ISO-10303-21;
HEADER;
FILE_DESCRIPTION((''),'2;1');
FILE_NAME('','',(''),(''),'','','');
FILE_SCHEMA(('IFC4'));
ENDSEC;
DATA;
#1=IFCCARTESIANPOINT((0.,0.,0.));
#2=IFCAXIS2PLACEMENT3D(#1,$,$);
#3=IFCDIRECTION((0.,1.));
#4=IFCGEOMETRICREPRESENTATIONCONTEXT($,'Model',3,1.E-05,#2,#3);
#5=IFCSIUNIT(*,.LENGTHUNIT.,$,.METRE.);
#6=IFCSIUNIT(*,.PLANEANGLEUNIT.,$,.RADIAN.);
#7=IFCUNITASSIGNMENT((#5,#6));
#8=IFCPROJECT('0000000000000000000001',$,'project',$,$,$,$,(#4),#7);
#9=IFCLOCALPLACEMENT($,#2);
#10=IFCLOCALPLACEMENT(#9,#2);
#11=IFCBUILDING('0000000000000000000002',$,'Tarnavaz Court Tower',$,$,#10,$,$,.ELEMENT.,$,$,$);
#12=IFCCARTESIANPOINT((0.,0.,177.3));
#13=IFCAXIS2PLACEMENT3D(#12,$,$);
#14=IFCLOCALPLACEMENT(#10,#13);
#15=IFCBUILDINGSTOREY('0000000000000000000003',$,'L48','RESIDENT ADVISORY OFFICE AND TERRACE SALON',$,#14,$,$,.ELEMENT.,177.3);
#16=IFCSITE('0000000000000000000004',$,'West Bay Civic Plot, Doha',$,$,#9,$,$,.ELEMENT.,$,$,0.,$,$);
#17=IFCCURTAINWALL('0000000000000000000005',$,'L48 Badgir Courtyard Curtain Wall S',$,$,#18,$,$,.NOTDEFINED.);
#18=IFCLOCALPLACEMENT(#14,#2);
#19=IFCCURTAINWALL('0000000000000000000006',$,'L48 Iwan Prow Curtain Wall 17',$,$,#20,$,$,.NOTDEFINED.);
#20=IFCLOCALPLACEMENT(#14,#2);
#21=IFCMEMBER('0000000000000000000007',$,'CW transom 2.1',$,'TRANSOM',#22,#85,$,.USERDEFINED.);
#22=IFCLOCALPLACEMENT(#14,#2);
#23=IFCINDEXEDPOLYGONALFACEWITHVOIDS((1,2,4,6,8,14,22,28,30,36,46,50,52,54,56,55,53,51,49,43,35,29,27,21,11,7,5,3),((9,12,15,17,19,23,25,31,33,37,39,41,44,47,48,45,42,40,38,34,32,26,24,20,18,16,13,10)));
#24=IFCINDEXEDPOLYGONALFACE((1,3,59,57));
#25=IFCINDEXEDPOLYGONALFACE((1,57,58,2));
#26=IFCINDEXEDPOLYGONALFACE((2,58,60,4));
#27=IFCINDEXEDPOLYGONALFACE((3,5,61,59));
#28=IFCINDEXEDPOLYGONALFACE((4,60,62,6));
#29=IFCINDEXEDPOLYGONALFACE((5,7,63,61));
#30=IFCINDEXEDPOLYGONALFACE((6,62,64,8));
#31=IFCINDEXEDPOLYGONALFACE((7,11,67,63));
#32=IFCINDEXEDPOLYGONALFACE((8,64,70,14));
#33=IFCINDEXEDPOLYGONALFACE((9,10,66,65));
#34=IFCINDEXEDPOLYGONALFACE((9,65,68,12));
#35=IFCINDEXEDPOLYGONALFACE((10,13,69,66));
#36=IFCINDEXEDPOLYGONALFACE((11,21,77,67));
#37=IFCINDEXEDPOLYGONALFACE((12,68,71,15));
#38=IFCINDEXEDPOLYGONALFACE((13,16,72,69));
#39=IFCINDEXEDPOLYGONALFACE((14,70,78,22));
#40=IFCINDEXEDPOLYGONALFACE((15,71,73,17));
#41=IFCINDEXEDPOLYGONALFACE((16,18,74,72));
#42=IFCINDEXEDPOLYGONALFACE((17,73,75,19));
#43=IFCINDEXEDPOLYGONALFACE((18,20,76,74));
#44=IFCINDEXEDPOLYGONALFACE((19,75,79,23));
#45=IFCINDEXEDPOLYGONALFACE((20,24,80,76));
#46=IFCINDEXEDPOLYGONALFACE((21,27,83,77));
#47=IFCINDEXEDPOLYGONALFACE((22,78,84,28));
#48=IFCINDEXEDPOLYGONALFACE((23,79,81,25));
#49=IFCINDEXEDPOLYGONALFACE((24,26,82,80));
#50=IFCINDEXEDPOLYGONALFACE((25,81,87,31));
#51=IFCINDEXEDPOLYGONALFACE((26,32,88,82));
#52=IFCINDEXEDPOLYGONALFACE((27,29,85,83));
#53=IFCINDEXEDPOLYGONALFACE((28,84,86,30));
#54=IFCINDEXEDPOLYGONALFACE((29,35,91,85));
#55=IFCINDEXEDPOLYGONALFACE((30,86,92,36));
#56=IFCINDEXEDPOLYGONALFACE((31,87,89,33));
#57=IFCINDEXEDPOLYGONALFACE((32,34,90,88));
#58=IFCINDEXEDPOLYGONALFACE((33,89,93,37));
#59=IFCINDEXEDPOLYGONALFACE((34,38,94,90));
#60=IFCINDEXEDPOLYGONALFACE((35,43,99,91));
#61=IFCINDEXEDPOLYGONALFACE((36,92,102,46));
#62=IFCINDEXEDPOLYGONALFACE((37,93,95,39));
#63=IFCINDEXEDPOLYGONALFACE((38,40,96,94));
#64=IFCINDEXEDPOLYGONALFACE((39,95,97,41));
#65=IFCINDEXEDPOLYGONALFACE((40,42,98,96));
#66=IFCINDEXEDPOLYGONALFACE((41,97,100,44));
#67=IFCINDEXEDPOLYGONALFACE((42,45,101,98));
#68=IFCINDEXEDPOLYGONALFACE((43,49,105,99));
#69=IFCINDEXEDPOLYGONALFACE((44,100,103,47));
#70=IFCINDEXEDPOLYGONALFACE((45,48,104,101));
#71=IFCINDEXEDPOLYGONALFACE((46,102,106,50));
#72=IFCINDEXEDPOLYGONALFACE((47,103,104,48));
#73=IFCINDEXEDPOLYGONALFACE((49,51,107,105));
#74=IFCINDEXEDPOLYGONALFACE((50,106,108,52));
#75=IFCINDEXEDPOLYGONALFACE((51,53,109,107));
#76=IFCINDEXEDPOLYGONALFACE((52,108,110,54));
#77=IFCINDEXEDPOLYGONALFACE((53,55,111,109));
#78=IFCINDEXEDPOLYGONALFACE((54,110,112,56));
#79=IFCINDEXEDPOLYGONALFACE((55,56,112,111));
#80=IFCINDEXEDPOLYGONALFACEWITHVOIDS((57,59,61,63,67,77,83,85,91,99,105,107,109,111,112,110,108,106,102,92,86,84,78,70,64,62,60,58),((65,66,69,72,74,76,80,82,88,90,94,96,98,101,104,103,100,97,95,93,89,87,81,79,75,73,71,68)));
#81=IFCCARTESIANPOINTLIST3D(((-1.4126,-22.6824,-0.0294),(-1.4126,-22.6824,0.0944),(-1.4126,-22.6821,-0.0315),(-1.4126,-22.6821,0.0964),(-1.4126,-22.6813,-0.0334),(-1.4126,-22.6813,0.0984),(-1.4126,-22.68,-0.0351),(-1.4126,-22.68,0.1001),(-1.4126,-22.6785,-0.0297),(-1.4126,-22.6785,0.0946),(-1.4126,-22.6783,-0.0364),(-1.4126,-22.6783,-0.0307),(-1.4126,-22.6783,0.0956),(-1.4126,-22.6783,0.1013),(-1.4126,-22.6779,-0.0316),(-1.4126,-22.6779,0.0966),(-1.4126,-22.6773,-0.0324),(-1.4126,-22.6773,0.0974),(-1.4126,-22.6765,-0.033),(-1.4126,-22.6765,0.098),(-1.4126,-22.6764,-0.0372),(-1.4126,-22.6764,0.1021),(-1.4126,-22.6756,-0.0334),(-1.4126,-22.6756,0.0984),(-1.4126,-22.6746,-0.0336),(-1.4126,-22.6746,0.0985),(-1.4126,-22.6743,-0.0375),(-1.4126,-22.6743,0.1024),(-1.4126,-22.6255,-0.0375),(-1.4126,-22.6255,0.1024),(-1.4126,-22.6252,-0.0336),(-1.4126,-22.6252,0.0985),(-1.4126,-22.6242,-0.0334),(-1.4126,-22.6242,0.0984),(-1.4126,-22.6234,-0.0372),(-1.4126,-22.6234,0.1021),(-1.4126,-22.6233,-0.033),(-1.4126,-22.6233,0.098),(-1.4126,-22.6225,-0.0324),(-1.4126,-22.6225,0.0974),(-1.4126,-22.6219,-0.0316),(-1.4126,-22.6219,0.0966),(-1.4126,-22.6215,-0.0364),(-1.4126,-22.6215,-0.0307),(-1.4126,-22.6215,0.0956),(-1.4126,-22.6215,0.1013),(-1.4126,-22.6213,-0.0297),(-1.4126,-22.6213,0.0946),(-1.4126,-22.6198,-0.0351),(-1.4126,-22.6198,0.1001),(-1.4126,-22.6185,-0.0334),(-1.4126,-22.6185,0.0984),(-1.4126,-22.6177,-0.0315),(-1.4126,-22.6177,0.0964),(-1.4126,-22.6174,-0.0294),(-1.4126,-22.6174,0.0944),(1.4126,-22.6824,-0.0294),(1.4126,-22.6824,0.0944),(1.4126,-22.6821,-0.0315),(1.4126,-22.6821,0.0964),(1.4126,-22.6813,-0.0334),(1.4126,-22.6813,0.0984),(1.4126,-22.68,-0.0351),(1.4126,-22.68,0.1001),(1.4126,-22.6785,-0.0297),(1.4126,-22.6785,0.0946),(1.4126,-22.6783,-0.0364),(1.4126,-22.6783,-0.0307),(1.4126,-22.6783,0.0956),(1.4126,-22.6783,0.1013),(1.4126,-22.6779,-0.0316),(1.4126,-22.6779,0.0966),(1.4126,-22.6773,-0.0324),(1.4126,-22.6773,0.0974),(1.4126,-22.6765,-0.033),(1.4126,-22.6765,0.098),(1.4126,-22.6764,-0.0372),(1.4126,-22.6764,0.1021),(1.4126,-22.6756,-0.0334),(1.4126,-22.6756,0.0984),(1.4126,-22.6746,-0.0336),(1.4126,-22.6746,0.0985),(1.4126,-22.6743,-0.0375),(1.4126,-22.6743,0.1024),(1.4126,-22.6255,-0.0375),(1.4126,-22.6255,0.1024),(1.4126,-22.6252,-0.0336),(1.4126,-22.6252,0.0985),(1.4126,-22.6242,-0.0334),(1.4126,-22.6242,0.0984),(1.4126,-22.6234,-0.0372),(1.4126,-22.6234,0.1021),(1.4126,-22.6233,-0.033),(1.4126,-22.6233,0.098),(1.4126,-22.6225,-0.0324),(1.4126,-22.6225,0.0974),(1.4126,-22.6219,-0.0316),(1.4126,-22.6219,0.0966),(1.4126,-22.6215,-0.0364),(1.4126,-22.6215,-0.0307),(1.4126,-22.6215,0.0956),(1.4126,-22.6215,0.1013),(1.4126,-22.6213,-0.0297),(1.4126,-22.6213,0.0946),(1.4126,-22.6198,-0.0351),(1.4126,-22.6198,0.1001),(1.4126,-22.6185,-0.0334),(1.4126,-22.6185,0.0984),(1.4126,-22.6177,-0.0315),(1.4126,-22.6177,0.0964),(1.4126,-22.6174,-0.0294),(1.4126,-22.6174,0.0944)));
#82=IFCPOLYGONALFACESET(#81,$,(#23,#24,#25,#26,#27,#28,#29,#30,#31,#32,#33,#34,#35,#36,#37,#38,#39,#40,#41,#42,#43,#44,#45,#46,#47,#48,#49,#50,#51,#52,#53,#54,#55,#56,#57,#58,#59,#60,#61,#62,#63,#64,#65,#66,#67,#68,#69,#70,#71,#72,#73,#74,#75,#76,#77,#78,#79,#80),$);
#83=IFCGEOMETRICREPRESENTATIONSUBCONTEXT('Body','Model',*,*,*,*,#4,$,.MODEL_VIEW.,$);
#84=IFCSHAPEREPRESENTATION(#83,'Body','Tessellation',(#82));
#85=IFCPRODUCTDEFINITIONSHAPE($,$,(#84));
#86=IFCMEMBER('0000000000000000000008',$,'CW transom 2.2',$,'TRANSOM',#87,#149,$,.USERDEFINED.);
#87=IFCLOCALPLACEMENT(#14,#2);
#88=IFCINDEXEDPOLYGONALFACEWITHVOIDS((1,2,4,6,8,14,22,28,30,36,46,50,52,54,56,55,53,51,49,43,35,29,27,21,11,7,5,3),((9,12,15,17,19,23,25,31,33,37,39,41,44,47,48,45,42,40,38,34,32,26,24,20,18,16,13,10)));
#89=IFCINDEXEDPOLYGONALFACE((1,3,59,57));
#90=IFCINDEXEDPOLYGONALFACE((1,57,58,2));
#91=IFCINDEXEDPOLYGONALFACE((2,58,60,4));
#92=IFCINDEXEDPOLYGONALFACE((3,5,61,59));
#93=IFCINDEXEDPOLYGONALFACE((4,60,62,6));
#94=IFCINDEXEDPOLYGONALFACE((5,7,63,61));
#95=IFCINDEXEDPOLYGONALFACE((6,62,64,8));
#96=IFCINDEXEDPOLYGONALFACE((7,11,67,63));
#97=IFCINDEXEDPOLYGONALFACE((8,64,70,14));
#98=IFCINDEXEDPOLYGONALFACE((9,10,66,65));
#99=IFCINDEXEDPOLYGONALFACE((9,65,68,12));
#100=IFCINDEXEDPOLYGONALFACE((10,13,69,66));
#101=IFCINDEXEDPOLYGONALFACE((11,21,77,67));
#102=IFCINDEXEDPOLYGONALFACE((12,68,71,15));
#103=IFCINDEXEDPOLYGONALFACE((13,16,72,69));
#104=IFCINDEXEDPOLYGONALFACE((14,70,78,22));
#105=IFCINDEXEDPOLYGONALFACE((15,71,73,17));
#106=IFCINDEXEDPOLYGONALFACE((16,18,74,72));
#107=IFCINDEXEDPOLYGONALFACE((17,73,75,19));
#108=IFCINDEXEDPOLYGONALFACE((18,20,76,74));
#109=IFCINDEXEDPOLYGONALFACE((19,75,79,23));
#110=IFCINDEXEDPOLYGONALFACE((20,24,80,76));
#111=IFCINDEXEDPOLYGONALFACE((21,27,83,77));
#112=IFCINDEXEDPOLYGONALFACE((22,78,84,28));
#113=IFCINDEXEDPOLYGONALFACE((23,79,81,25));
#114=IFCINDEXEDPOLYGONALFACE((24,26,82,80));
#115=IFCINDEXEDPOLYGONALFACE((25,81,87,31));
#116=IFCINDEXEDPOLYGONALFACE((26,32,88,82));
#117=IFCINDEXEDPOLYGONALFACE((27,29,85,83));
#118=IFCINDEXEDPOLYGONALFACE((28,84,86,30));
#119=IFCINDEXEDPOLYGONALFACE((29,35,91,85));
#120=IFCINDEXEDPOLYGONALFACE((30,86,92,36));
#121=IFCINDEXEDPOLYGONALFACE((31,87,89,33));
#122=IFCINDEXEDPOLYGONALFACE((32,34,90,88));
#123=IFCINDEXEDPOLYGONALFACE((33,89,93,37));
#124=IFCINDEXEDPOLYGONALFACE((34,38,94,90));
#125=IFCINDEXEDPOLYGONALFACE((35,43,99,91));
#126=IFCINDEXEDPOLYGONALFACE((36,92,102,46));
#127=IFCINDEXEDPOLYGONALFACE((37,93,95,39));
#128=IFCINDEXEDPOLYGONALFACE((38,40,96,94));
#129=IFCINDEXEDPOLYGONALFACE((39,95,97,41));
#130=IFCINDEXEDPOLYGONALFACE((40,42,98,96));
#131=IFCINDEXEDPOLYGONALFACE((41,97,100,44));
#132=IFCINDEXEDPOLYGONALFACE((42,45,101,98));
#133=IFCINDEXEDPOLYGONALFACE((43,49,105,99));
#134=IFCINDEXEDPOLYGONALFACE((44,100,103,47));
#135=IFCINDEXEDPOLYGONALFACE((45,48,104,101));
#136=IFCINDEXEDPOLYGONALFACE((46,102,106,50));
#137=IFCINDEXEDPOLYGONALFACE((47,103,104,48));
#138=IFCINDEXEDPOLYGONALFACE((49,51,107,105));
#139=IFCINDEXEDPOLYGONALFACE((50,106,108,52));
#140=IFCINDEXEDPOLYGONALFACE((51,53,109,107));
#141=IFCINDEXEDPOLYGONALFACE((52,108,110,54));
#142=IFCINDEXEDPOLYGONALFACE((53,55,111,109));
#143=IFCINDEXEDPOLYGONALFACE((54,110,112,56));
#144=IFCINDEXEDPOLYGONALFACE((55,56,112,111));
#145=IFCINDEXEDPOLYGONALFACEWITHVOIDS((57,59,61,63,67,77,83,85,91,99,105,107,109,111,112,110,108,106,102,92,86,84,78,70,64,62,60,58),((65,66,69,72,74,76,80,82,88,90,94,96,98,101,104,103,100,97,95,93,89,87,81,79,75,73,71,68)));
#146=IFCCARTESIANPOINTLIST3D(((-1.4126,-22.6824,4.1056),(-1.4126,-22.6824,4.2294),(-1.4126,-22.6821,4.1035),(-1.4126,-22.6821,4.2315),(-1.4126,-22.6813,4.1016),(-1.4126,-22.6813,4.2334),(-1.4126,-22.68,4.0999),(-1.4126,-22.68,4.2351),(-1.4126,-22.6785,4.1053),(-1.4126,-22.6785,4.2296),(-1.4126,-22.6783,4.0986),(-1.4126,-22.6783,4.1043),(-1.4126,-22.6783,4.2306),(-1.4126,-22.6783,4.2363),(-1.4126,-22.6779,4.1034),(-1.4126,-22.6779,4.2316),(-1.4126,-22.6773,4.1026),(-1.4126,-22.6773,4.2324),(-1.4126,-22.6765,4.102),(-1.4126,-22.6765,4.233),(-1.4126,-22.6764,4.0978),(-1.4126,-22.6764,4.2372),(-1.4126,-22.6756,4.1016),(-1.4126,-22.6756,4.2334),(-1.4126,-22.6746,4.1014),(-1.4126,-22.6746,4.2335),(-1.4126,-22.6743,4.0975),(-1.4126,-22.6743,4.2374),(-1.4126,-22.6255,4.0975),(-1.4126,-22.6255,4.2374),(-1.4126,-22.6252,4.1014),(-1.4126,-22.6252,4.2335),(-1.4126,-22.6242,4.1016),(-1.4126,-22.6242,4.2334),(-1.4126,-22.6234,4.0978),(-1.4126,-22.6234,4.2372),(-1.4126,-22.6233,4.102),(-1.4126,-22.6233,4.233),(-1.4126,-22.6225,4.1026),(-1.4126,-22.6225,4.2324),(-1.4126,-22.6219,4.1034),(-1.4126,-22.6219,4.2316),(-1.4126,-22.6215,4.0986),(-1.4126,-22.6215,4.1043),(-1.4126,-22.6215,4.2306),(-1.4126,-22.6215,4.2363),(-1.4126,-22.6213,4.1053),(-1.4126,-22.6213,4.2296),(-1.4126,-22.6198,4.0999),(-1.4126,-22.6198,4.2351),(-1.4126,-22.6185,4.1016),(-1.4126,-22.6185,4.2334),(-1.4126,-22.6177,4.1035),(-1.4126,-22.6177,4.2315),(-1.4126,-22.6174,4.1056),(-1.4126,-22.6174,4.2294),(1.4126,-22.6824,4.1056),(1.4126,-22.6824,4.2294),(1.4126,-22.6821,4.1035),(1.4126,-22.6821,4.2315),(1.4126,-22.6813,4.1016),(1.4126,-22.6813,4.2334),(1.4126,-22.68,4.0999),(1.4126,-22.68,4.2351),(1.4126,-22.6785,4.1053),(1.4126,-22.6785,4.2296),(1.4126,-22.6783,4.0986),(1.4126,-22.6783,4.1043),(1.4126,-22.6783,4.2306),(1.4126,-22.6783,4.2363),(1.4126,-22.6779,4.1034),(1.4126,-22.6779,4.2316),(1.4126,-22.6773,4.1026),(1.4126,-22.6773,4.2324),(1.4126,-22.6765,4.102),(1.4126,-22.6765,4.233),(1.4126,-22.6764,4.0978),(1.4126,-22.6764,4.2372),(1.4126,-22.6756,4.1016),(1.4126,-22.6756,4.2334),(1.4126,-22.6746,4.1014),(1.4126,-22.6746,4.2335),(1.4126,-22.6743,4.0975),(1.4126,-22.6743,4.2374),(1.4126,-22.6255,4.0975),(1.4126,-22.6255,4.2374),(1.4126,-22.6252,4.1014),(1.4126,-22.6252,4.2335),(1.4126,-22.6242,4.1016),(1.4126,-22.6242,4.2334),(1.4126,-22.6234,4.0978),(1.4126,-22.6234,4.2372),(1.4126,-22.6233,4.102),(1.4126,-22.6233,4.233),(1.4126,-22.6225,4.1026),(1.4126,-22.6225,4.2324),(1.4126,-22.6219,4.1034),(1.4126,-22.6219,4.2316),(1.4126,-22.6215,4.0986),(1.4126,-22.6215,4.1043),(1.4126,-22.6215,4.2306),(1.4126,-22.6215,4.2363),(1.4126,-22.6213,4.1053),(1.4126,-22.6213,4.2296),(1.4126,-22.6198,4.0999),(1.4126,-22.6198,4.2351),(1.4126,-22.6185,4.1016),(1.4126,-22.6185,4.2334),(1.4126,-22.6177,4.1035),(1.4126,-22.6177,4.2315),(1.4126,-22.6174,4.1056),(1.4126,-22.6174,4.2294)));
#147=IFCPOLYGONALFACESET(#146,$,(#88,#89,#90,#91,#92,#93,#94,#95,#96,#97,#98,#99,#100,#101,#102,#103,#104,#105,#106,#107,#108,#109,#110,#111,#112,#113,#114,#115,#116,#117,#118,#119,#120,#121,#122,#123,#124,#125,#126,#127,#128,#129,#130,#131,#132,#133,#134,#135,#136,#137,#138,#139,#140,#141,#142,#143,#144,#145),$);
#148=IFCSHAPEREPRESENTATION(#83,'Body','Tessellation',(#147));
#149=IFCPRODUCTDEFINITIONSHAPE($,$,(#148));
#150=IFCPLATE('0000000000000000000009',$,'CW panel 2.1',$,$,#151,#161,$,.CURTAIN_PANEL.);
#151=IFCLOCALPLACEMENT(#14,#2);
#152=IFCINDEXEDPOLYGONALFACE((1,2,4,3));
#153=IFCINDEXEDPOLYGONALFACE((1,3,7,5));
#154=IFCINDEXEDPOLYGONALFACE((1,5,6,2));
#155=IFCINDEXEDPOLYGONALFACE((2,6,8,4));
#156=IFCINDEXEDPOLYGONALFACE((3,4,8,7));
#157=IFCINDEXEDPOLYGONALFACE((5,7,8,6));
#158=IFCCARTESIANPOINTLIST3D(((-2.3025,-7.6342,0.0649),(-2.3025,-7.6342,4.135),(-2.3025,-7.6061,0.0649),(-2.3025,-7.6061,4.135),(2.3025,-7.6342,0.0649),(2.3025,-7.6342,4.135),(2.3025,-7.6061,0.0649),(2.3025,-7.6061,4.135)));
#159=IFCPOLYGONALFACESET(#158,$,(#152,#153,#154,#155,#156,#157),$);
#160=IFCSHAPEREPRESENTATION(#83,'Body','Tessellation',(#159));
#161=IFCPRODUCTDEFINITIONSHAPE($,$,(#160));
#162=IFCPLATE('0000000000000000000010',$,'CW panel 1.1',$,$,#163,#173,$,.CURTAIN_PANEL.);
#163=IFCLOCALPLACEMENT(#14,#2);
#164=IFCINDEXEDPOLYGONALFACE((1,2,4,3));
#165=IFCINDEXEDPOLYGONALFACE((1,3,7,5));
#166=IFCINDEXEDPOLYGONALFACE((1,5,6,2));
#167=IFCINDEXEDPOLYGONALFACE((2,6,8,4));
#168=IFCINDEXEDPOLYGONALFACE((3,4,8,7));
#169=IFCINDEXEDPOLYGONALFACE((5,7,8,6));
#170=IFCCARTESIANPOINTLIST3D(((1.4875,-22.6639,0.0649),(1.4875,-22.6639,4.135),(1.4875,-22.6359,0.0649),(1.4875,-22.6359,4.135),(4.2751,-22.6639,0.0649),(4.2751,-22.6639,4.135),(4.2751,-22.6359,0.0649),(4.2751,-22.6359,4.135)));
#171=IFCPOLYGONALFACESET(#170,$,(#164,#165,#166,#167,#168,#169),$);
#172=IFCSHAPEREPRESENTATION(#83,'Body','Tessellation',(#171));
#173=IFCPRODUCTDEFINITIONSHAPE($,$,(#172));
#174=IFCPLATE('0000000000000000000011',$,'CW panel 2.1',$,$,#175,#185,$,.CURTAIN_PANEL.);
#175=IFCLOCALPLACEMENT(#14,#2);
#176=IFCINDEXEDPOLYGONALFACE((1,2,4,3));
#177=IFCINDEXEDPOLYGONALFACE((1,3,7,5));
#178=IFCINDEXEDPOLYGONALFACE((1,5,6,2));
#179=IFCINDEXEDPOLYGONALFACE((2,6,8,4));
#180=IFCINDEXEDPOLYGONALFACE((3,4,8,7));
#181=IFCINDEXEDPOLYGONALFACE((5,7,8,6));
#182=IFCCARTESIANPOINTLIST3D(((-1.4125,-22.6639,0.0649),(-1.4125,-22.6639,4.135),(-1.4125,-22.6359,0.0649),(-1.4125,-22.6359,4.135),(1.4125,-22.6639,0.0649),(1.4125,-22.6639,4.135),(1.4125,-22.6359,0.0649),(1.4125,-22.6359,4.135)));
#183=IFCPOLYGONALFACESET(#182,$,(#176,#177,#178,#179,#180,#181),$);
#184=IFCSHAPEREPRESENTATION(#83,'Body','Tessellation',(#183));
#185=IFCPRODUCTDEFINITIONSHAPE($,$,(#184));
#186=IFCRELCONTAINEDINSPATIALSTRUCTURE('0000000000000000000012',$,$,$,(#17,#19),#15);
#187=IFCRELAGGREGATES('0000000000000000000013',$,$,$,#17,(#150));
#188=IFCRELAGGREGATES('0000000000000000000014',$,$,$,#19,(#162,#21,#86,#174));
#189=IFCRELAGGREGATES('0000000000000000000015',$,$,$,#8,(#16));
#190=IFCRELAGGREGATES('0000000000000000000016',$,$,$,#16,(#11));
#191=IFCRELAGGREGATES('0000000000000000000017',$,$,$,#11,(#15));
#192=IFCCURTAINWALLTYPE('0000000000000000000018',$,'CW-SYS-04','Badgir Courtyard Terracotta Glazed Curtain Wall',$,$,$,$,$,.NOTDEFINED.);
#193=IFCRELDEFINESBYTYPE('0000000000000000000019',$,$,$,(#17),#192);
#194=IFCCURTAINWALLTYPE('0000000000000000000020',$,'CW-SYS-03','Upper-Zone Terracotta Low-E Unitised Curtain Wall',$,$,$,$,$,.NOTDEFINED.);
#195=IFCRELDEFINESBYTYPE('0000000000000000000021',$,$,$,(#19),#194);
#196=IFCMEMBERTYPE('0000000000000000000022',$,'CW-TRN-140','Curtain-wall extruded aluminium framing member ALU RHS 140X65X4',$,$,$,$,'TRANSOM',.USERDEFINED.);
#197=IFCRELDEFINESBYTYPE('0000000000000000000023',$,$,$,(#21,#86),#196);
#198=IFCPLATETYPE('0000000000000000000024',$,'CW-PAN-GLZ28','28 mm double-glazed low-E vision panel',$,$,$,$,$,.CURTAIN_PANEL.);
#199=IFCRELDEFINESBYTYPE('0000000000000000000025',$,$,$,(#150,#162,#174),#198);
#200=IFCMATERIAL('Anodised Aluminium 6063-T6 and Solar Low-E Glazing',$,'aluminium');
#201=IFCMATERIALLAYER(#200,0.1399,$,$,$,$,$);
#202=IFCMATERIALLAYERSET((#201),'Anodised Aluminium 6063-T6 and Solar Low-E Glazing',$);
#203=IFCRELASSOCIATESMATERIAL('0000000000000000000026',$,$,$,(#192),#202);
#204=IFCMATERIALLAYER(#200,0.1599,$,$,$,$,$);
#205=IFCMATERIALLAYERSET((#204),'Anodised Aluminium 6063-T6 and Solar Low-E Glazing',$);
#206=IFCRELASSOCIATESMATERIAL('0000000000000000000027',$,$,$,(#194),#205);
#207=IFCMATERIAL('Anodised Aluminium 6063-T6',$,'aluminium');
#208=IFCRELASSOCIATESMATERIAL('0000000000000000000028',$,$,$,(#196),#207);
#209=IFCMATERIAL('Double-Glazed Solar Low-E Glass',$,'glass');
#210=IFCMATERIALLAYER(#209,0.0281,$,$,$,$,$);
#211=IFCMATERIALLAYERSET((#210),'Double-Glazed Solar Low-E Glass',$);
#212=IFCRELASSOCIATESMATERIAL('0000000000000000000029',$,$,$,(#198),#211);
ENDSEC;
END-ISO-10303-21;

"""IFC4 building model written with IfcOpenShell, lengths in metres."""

from ifc_helpers import new_model, si_unit, direction, frame, origin, origin_2d, place, context, subcontext, project, spatial, rectangle, hollow_rectangle, extrude, material, layer, layer_set, material_profile, profile_set, type_object, element, aggregate, save


model = new_model("IFC4")

# Units and contexts
model_context = context("Model", 3, precision=1e-05, world=origin(), true_north=direction((0.0, 1.0)))
body_context = subcontext(model_context, "Body", "Model", "MODEL_VIEW")
ifc_project = project(units=[si_unit("LENGTHUNIT", "METRE"), si_unit("PLANEANGLEUNIT", "RADIAN")], contexts=[model_context])

# Site, building, storey
site_placement = place(None, origin())
site = spatial("IfcSite", under=ifc_project, at=site_placement, Name="West Bay Civic Plot, Doha", CompositionType="ELEMENT", RefElevation=0.0)
building_placement = place(site_placement, origin())
building = spatial("IfcBuilding", under=site, at=building_placement, Name="Tarnavaz Court Tower", CompositionType="ELEMENT")
storey_placement = place(building_placement, frame((0.0, 0.0, 177.3)))
storey = spatial("IfcBuildingStorey", under=building, at=storey_placement, Name="L48", Description="RESIDENT ADVISORY OFFICE AND TERRACE SALON", CompositionType="ELEMENT", Elevation=177.3)

# Curtain wall
ifc_material_1 = material(Name="Anodised Aluminium 6063-T6 and Solar Low-E Glazing", Category="aluminium")
ifc_layer_1 = layer(ifc_material_1, 0.1399)
ifc_layer_set_1 = layer_set([ifc_layer_1], Name="Anodised Aluminium 6063-T6 and Solar Low-E Glazing")
curtain_wall_type_1 = type_object("IfcCurtainWallType", Name="CW-SYS-04", Description="Badgir Courtyard Terracotta Glazed Curtain Wall", PredefinedType="NOTDEFINED", material=ifc_layer_set_1)
curtain_wall_1_placement = place(storey_placement, origin())
curtain_wall_1 = element("IfcCurtainWall", 1, at=curtain_wall_1_placement, inside=storey, type_object=curtain_wall_type_1, Name="L48 Badgir Courtyard Curtain Wall S", PredefinedType="NOTDEFINED")
ifc_material_2 = material(Name="Anodised Aluminium 6063-T6", Category="aluminium")

# Curtain wall
ifc_layer_2 = layer(ifc_material_1, 0.1599)
ifc_layer_set_2 = layer_set([ifc_layer_2], Name="Anodised Aluminium 6063-T6 and Solar Low-E Glazing")
curtain_wall_type_2 = type_object("IfcCurtainWallType", Name="CW-SYS-03", Description="Upper-Zone Terracotta Low-E Unitised Curtain Wall", PredefinedType="NOTDEFINED", material=ifc_layer_set_2)
curtain_wall_2_placement = place(storey_placement, origin())
curtain_wall_2 = element("IfcCurtainWall", 2, at=curtain_wall_2_placement, inside=storey, type_object=curtain_wall_type_2, Name="L48 Iwan Prow Curtain Wall 17", PredefinedType="NOTDEFINED")

# Members
ifc_material_profile_1 = material_profile(ifc_material_2, hollow_rectangle(XDim=0.0649, YDim=0.1399, WallThickness=0.0039, InnerFilletRadius=0.0039, OuterFilletRadius=0.0081, at=origin_2d()), Name="ALU RHS 140X65X4")
ifc_profile_set_1 = profile_set([ifc_material_profile_1], Name="Anodised Aluminium 6063-T6")
member_type_1 = type_object("IfcMemberType", Name="CW-TRN-140", Description="Curtain-wall extruded aluminium framing member ALU RHS 140X65X4", ElementType="TRANSOM", PredefinedType="USERDEFINED", material=ifc_profile_set_1)
member_1_placement = place(storey_placement, frame((1.4126, -22.6499, 0.0325), z_axis=(-1.0, 0.0, 0.0), x_axis=(0.0, -1.0, 0.0)))
member_1 = element("IfcMember", 3, at=member_1_placement, type_object=member_type_1, Name="CW transom 2.1", ObjectType="TRANSOM", PredefinedType="USERDEFINED", context=body_context, shape_type="SweptSolid", body=[
    extrude(hollow_rectangle(XDim=0.0649, YDim=0.1399, WallThickness=0.0039, InnerFilletRadius=0.0039, OuterFilletRadius=0.0081, at=origin_2d()), origin(), (0.0, 0.0, 1.0), 2.8252),
])
member_2_placement = place(storey_placement, frame((1.4126, -22.6499, 4.1675), z_axis=(-1.0, 0.0, 0.0), x_axis=(0.0, -1.0, 0.0)))
member_2 = element("IfcMember", 4, at=member_2_placement, type_object=member_type_1, Name="CW transom 2.2", ObjectType="TRANSOM", PredefinedType="USERDEFINED", context=body_context, shape_type="SweptSolid", body=[
    extrude(hollow_rectangle(XDim=0.0649, YDim=0.1399, WallThickness=0.0039, InnerFilletRadius=0.0039, OuterFilletRadius=0.0081, at=origin_2d()), origin(), (0.0, 0.0, 1.0), 2.8252),
])

# Plates
ifc_material_3 = material(Name="Double-Glazed Solar Low-E Glass", Category="glass")
ifc_layer_3 = layer(ifc_material_3, 0.0281)
ifc_layer_set_3 = layer_set([ifc_layer_3], Name="Double-Glazed Solar Low-E Glass")
plate_type = type_object("IfcPlateType", Name="CW-PAN-GLZ28", Description="28 mm double-glazed low-E vision panel", PredefinedType="CURTAIN_PANEL", material=ifc_layer_set_3)
plate_1_placement = place(storey_placement, frame((0.0, -7.6201, 0.0649), z_axis=(0.0, 0.0, 1.0), x_axis=(1.0, 0.0, 0.0)))
plate_1 = element("IfcPlate", 5, at=plate_1_placement, type_object=plate_type, Name="CW panel 2.1", PredefinedType="CURTAIN_PANEL", context=body_context, shape_type="SweptSolid", body=[
    extrude(rectangle(XDim=4.605, YDim=0.0281, at=origin_2d()), origin(), (0.0, 0.0, 1.0), 4.0701),
])
aggregate(curtain_wall_1, [plate_1])
plate_2_placement = place(storey_placement, frame((2.8813, -22.6499, 0.0649), z_axis=(0.0, 0.0, 1.0), x_axis=(-1.0, 0.0, 0.0)))
plate_2 = element("IfcPlate", 6, at=plate_2_placement, type_object=plate_type, Name="CW panel 1.1", PredefinedType="CURTAIN_PANEL", context=body_context, shape_type="SweptSolid", body=[
    extrude(rectangle(XDim=2.7876, YDim=0.0281, at=origin_2d()), origin(), (0.0, 0.0, 1.0), 4.0701),
])
plate_3_placement = place(storey_placement, frame((0.0, -22.6499, 0.0649), z_axis=(0.0, 0.0, 1.0), x_axis=(-1.0, 0.0, 0.0)))
plate_3 = element("IfcPlate", 7, at=plate_3_placement, type_object=plate_type, Name="CW panel 2.1", PredefinedType="CURTAIN_PANEL", context=body_context, shape_type="SweptSolid", body=[
    extrude(rectangle(XDim=2.825, YDim=0.0281, at=origin_2d()), origin(), (0.0, 0.0, 1.0), 4.0701),
])
aggregate(curtain_wall_2, [plate_2, member_1, member_2, plate_3])

save(model, "model.ifc")
